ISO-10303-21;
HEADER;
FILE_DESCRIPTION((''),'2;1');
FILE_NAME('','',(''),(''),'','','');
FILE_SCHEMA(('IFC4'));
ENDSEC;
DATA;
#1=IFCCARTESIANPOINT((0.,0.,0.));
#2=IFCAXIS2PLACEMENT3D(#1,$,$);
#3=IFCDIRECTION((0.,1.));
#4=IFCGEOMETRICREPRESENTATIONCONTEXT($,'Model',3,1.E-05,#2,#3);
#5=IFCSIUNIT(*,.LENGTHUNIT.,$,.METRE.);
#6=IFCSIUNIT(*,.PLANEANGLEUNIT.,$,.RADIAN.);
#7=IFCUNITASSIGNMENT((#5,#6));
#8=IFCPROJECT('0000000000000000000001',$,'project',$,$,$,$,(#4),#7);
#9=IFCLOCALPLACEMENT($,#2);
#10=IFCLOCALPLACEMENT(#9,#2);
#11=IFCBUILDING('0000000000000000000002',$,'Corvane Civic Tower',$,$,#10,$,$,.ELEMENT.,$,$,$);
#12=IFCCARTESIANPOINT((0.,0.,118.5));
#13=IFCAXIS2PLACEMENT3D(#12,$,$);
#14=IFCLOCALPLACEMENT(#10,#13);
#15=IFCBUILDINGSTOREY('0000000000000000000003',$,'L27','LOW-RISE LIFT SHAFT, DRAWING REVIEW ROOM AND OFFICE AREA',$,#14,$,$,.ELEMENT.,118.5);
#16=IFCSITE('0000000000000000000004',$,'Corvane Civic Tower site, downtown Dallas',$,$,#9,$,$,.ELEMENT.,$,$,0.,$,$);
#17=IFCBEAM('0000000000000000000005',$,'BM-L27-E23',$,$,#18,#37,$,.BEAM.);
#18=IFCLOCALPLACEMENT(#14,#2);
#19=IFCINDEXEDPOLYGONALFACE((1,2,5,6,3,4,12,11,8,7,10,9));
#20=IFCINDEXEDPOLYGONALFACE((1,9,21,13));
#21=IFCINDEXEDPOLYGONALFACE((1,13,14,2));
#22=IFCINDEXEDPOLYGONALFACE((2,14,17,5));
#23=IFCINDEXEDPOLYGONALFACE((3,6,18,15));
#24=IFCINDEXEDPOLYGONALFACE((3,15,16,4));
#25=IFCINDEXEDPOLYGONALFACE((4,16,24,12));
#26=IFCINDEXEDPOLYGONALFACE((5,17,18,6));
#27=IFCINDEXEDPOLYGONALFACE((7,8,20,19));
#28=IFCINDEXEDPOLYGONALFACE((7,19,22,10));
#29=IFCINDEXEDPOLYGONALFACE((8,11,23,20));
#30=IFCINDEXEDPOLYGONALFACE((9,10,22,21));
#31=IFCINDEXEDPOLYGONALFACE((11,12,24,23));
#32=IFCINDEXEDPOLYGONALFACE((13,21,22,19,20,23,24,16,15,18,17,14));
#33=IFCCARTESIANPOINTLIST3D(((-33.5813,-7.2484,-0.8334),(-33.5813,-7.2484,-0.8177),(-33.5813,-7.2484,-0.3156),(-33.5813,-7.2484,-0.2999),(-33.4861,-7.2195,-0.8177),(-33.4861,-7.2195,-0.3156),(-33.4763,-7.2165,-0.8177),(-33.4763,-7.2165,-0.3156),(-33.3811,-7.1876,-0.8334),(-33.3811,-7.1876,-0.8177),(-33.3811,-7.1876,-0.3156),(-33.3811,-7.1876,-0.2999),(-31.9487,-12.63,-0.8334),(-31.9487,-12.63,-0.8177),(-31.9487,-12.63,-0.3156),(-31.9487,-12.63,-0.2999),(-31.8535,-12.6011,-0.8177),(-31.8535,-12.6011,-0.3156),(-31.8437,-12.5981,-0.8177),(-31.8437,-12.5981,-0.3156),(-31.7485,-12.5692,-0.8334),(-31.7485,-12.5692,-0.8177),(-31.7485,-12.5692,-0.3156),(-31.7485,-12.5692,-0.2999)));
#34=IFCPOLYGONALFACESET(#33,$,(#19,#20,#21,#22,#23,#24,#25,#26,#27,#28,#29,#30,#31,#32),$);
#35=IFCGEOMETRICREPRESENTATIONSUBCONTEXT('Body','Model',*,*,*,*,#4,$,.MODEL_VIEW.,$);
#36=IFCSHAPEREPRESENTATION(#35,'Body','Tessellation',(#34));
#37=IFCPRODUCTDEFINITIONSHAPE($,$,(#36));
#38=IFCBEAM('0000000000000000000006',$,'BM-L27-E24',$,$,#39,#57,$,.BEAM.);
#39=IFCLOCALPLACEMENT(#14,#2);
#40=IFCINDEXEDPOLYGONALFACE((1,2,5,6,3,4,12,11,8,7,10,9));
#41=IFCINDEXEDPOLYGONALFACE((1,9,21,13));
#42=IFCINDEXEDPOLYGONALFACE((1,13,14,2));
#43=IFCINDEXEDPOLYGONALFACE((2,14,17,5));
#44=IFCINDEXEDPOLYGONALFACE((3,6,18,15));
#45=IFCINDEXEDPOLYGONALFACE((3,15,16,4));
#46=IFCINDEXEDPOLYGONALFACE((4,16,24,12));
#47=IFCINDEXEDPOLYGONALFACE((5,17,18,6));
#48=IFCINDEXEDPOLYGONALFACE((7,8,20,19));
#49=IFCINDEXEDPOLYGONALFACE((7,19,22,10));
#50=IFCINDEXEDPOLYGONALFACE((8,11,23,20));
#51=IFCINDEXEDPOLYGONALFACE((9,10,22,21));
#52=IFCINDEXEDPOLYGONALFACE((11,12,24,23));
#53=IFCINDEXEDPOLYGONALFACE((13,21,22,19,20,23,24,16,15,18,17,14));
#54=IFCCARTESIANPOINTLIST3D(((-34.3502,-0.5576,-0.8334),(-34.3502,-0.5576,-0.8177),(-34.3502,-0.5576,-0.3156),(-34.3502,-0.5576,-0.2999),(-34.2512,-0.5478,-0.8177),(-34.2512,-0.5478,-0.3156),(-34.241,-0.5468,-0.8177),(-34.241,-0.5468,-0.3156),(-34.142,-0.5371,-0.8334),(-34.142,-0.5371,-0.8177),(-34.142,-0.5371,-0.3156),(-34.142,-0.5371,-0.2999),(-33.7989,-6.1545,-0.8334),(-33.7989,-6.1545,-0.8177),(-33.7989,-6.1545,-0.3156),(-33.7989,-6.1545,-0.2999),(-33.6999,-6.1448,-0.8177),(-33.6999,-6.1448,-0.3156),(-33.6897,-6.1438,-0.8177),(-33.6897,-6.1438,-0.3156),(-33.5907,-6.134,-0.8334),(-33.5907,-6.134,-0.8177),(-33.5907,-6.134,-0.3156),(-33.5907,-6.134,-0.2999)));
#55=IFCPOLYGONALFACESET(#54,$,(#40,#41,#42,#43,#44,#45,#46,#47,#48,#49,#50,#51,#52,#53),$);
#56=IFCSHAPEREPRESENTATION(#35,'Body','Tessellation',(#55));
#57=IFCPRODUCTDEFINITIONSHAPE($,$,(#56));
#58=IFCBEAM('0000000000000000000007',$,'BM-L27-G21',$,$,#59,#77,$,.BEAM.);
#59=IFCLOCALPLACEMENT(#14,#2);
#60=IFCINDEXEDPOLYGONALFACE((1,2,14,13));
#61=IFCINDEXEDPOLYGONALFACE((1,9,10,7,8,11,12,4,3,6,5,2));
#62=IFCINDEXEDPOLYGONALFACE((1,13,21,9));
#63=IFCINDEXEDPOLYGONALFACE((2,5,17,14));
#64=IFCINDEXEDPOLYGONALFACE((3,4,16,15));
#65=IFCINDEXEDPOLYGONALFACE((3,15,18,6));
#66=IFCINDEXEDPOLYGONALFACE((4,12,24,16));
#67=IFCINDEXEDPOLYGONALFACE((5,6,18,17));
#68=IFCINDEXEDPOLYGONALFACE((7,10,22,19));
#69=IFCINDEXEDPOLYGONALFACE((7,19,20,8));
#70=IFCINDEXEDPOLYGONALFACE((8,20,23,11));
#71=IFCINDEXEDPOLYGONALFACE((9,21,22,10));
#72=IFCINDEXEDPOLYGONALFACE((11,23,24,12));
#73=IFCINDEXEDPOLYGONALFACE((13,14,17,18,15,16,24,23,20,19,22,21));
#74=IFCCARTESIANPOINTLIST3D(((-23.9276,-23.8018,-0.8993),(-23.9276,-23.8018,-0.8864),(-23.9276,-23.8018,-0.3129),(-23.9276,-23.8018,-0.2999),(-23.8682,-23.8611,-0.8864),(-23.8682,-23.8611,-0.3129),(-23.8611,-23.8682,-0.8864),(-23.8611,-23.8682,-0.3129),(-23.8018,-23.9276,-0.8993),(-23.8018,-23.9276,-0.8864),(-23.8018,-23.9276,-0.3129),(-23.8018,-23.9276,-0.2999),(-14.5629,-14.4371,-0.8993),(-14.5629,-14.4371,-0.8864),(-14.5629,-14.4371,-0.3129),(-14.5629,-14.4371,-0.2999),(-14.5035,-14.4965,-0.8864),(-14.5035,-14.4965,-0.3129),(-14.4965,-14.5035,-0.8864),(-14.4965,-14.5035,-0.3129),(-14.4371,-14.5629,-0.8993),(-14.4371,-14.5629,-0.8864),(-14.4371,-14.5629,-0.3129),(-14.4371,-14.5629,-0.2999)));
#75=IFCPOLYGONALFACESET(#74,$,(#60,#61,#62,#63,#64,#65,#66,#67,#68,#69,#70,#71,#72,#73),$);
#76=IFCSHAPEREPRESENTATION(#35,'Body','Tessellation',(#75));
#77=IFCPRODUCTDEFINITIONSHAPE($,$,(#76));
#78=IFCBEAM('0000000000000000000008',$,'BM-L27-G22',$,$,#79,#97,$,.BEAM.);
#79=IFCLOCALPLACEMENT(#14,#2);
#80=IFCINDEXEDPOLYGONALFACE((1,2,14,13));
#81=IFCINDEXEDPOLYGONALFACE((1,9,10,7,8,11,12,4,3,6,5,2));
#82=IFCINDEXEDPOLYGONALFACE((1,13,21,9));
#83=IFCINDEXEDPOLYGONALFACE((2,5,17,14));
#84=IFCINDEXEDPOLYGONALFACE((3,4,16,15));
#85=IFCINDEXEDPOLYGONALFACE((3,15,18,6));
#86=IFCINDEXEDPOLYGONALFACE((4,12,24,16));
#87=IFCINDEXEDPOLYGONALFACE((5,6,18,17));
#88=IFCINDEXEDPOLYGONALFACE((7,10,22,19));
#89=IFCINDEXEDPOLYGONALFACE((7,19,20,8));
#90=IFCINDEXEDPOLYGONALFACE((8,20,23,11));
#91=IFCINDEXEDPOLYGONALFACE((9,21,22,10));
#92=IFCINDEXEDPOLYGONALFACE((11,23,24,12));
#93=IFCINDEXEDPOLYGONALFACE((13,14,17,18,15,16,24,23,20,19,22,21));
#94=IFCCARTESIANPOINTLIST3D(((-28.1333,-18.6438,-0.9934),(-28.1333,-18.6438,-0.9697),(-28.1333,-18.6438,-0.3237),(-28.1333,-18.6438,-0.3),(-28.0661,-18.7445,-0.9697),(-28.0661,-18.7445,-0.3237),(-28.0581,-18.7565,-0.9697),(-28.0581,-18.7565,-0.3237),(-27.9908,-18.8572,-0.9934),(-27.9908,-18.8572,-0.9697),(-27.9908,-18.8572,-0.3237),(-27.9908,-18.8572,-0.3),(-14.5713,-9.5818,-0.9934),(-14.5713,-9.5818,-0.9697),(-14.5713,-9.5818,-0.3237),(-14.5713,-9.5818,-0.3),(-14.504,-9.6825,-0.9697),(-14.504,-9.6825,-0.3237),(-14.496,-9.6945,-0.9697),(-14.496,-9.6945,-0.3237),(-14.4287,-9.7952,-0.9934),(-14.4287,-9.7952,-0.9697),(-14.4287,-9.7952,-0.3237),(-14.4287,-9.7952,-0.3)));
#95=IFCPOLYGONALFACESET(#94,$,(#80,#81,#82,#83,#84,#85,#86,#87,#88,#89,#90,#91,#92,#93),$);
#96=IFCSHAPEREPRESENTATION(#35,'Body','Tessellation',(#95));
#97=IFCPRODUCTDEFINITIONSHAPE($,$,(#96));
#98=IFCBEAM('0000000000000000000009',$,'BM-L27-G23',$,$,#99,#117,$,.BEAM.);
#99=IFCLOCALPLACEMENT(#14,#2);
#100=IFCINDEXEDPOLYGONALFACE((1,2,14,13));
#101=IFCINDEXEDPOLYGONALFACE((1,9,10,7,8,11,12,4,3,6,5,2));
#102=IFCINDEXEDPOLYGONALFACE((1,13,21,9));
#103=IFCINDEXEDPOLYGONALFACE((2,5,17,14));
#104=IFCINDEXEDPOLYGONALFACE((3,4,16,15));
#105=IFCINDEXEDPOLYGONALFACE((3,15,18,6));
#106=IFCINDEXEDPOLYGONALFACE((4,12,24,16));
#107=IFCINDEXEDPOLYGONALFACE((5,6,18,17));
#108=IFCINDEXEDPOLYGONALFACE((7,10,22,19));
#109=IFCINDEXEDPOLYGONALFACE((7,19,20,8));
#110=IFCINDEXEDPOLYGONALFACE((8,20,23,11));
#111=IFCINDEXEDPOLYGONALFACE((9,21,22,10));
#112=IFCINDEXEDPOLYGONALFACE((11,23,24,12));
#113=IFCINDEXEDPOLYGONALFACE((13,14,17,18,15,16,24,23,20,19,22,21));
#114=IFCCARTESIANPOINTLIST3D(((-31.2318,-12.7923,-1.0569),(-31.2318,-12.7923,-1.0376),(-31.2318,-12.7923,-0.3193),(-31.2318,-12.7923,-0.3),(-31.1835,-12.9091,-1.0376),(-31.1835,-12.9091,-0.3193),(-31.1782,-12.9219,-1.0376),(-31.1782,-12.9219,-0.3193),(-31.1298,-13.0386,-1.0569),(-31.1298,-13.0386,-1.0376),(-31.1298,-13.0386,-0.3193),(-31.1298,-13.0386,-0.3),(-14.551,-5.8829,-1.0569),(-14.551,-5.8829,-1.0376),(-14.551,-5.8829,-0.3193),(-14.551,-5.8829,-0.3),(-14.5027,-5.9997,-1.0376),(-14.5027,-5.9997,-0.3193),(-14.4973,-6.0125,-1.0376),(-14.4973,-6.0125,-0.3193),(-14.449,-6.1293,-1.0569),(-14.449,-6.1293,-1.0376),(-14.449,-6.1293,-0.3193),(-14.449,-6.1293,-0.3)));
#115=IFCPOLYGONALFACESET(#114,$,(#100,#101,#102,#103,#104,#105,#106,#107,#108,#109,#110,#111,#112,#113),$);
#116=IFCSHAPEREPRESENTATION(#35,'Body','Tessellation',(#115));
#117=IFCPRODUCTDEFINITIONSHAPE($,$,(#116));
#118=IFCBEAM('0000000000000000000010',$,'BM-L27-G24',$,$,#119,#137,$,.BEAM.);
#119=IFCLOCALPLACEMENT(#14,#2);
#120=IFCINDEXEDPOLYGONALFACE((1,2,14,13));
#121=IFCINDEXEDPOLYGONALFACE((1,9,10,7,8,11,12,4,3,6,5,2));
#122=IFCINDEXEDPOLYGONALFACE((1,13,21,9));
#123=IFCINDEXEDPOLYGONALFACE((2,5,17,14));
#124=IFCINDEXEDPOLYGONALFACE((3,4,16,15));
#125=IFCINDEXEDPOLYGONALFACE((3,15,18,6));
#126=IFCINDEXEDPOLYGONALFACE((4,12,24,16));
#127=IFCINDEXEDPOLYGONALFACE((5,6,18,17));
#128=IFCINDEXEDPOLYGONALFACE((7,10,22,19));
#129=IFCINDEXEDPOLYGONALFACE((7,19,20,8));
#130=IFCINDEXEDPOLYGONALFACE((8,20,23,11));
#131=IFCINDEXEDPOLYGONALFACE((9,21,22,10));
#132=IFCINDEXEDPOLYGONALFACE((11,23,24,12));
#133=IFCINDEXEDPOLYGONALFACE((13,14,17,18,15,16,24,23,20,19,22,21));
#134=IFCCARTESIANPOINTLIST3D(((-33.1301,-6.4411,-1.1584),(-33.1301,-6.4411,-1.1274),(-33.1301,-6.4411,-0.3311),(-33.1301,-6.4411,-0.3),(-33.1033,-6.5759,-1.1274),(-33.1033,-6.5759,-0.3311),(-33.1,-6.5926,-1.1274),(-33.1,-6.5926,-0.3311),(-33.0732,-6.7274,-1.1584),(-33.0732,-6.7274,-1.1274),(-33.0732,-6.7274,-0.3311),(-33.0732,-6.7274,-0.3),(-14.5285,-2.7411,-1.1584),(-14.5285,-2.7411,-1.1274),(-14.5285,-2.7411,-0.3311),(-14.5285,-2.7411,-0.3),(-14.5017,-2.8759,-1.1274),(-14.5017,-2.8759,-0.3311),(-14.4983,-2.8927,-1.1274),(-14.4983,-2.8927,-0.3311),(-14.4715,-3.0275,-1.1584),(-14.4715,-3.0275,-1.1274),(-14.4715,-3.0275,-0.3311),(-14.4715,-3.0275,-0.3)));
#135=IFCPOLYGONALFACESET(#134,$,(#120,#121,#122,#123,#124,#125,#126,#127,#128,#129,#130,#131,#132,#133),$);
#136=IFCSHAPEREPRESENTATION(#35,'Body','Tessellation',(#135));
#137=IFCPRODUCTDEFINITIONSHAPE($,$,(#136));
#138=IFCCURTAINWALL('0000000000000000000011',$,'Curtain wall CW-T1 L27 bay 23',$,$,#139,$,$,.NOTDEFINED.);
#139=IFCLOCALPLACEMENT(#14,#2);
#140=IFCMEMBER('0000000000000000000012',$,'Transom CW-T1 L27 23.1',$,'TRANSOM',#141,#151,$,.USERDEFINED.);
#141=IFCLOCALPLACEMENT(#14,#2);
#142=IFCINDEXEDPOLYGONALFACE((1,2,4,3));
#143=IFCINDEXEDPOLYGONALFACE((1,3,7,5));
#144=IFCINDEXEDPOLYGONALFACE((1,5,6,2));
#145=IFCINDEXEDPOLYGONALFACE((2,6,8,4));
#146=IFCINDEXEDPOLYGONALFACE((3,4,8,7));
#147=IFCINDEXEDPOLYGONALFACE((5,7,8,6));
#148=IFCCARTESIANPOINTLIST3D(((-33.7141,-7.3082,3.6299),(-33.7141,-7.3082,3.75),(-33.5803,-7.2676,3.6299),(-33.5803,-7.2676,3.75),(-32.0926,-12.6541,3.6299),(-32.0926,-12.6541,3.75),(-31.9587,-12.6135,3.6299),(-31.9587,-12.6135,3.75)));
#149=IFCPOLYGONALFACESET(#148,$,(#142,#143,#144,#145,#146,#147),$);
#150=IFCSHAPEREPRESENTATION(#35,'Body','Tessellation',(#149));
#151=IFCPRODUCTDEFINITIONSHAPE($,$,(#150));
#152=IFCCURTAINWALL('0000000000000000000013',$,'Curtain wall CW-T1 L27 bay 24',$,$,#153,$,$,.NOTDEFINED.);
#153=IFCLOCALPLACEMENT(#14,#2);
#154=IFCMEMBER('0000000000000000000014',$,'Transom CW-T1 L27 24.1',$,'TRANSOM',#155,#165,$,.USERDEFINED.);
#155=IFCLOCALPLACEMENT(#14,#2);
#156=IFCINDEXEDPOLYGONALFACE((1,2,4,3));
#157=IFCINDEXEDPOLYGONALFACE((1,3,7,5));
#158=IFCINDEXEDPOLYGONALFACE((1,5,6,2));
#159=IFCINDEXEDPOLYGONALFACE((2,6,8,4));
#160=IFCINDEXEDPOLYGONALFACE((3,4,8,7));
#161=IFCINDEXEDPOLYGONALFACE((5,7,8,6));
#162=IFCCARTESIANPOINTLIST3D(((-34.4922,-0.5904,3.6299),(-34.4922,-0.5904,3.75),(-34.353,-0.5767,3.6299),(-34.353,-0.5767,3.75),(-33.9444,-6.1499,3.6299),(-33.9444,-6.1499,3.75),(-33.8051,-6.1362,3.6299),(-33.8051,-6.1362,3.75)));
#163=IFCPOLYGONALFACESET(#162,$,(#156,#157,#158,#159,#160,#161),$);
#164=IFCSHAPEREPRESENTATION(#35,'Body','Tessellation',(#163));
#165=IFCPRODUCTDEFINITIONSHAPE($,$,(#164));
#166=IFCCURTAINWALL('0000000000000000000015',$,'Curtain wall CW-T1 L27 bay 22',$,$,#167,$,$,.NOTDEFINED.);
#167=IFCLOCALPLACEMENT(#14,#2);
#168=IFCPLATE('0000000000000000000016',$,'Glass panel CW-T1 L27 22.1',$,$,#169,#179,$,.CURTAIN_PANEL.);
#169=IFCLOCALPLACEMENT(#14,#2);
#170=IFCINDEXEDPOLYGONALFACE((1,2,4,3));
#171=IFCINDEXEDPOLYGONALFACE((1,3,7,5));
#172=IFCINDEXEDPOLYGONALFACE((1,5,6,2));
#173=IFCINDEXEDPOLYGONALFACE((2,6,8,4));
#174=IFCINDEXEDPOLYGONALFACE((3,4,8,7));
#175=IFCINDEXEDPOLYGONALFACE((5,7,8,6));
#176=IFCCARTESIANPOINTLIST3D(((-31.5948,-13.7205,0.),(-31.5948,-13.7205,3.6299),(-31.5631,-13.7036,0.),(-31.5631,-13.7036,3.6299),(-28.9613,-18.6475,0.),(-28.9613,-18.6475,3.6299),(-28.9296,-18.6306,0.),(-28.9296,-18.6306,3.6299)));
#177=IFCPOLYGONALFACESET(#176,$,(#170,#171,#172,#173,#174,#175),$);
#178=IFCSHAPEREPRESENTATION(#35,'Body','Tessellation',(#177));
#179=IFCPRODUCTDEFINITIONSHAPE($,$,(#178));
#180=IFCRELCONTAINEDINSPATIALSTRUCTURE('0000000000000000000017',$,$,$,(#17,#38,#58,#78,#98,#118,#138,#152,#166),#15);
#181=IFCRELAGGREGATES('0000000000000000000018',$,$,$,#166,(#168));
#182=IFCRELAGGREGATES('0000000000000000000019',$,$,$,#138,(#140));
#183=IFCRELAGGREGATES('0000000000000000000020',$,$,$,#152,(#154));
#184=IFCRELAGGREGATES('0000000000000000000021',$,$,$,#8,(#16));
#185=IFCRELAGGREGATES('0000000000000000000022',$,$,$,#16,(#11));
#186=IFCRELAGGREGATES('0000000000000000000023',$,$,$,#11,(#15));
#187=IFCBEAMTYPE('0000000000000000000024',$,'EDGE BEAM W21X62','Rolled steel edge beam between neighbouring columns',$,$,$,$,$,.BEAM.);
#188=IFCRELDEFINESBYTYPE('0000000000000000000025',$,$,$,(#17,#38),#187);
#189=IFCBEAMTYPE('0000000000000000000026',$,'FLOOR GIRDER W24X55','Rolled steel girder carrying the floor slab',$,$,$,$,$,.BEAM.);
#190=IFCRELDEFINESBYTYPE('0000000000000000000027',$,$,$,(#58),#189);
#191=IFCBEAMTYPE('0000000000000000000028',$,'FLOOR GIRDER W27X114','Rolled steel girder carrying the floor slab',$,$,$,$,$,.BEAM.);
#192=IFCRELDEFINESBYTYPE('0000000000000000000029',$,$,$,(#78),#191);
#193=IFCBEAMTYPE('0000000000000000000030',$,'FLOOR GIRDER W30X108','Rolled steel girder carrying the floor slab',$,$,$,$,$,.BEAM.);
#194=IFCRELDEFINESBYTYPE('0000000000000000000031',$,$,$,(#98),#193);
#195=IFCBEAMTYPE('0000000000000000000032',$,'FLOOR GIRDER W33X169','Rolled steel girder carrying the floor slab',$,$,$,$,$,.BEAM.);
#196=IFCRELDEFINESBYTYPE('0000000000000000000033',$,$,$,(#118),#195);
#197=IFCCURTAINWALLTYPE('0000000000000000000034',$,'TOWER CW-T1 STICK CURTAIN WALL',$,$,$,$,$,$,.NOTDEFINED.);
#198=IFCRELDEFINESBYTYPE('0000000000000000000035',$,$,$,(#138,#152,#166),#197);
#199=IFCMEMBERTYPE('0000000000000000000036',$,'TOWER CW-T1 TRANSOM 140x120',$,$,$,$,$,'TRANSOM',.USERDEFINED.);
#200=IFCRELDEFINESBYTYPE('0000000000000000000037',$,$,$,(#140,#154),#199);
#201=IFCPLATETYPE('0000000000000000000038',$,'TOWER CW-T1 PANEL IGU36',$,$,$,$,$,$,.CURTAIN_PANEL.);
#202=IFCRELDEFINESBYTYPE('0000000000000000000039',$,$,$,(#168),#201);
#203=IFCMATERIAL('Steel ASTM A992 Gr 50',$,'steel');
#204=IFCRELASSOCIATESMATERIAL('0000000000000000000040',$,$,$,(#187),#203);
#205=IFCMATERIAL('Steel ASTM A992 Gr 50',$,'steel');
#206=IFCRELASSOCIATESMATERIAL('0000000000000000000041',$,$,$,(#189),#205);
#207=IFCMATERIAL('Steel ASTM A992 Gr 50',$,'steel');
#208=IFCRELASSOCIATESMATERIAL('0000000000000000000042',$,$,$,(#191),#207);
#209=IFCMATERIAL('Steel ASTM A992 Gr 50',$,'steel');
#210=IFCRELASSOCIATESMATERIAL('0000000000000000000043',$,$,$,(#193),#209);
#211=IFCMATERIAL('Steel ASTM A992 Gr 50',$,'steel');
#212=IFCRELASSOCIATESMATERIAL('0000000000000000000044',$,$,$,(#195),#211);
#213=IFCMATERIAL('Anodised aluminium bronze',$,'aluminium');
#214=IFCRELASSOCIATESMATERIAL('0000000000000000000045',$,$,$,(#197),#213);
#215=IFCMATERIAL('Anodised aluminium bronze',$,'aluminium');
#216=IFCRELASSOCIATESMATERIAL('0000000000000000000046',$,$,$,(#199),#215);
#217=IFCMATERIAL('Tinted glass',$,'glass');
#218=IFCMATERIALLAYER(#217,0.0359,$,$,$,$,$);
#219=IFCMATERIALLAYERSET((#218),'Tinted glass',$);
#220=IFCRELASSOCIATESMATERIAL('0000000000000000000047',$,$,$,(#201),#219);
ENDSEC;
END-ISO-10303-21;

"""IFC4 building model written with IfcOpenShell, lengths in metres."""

from ifc_helpers import new_model, si_unit, direction, frame, origin, origin_2d, place, context, subcontext, project, spatial, rectangle, i_section, extrude, material, layer, layer_set, material_profile, profile_set, type_object, element, aggregate, save


model = new_model("IFC4")

# Units and contexts
model_context = context("Model", 3, precision=1e-05, world=origin(), true_north=direction((0.0, 1.0)))
body_context = subcontext(model_context, "Body", "Model", "MODEL_VIEW")
ifc_project = project(units=[si_unit("LENGTHUNIT", "METRE"), si_unit("PLANEANGLEUNIT", "RADIAN")], contexts=[model_context])

# Site, building, storey
site_placement = place(None, origin())
site = spatial("IfcSite", under=ifc_project, at=site_placement, Name="Corvane Civic Tower site, downtown Dallas", CompositionType="ELEMENT", RefElevation=0.0)
building_placement = place(site_placement, origin())
building = spatial("IfcBuilding", under=site, at=building_placement, Name="Corvane Civic Tower", CompositionType="ELEMENT")
storey_placement = place(building_placement, frame((0.0, 0.0, 118.5)))
storey = spatial("IfcBuildingStorey", under=building, at=storey_placement, Name="L27", Description="LOW-RISE LIFT SHAFT, DRAWING REVIEW ROOM AND OFFICE AREA", CompositionType="ELEMENT", Elevation=118.5)

# Beams
ifc_material_1 = material(Name="Steel ASTM A992 Gr 50", Category="steel")
ifc_material_profile_1 = material_profile(ifc_material_1, i_section(OverallWidth=0.2092, OverallDepth=0.5334, WebThickness=0.0103, FlangeThickness=0.0156, at=origin_2d()), Name="W21X62")
ifc_profile_set_1 = profile_set([ifc_material_profile_1], Name="Steel ASTM A992 Gr 50")
beam_type_1 = type_object("IfcBeamType", Name="EDGE BEAM W21X62", Description="Rolled steel edge beam between neighbouring columns", PredefinedType="BEAM", material=ifc_profile_set_1)
beam_1_placement = place(storey_placement, frame((-31.8486, -12.5996, -0.5667), z_axis=(-0.290298, 0.956936, 0.0), x_axis=(-0.956936, -0.290298, 0.0)))
element("IfcBeam", 1, at=beam_1_placement, inside=storey, type_object=beam_type_1, Name="BM-L27-E23", PredefinedType="BEAM", context=body_context, shape_type="SweptSolid", body=[
    extrude(i_section(OverallWidth=0.2092, OverallDepth=0.5334, WebThickness=0.0103, FlangeThickness=0.0156, at=origin_2d()), origin(), (0.0, 0.0, 1.0), 5.6238),
])
beam_2_placement = place(storey_placement, frame((-33.6948, -6.1443, -0.5667), z_axis=(-0.098021, 0.995184, 0.0), x_axis=(-0.995184, -0.098021, 0.0)))
element("IfcBeam", 2, at=beam_2_placement, inside=storey, type_object=beam_type_1, Name="BM-L27-E24", PredefinedType="BEAM", context=body_context, shape_type="SweptSolid", body=[
    extrude(i_section(OverallWidth=0.2092, OverallDepth=0.5334, WebThickness=0.0103, FlangeThickness=0.0156, at=origin_2d()), origin(), (0.0, 0.0, 1.0), 5.624),
])
ifc_material_2 = material(Name="Steel ASTM A992 Gr 50", Category="steel")
ifc_material_profile_2 = material_profile(ifc_material_2, i_section(OverallWidth=0.178, OverallDepth=0.5994, WebThickness=0.01, FlangeThickness=0.0129, at=origin_2d()), Name="W24X55")
ifc_profile_set_2 = profile_set([ifc_material_profile_2], Name="Steel ASTM A992 Gr 50")
beam_type_2 = type_object("IfcBeamType", Name="FLOOR GIRDER W24X55", Description="Rolled steel girder carrying the floor slab", PredefinedType="BEAM", material=ifc_profile_set_2)
beam_3_placement = place(storey_placement, frame((-14.5, -14.5, -0.5996), z_axis=(-0.707107, -0.707107, 0.0), x_axis=(0.707107, -0.707107, 0.0)))
element("IfcBeam", 3, at=beam_3_placement, inside=storey, type_object=beam_type_2, Name="BM-L27-G21", PredefinedType="BEAM", context=body_context, shape_type="SweptSolid", body=[
    extrude(i_section(OverallWidth=0.178, OverallDepth=0.5994, WebThickness=0.01, FlangeThickness=0.0129, at=origin_2d()), origin(), (0.0, 0.0, 1.0), 13.2437),
])
ifc_material_3 = material(Name="Steel ASTM A992 Gr 50", Category="steel")
ifc_material_profile_3 = material_profile(ifc_material_3, i_section(OverallWidth=0.2566, OverallDepth=0.6934, WebThickness=0.0144, FlangeThickness=0.0237, at=origin_2d()), Name="W27X114")
ifc_profile_set_3 = profile_set([ifc_material_profile_3], Name="Steel ASTM A992 Gr 50")
beam_type_3 = type_object("IfcBeamType", Name="FLOOR GIRDER W27X114", Description="Rolled steel girder carrying the floor slab", PredefinedType="BEAM", material=ifc_profile_set_3)
beam_4_placement = place(storey_placement, frame((-14.5, -9.6885, -0.6467), z_axis=(-0.831465, -0.555577, 0.0), x_axis=(0.555577, -0.831465, 0.0)))
element("IfcBeam", 4, at=beam_4_placement, inside=storey, type_object=beam_type_3, Name="BM-L27-G22", PredefinedType="BEAM", context=body_context, shape_type="SweptSolid", body=[
    extrude(i_section(OverallWidth=0.2566, OverallDepth=0.6934, WebThickness=0.0144, FlangeThickness=0.0237, at=origin_2d()), origin(), (0.0, 0.0, 1.0), 16.311),
])
ifc_material_4 = material(Name="Steel ASTM A992 Gr 50", Category="steel")
ifc_material_profile_4 = material_profile(ifc_material_4, i_section(OverallWidth=0.2666, OverallDepth=0.7568, WebThickness=0.0139, FlangeThickness=0.0193, at=origin_2d()), Name="W30X108")
ifc_profile_set_4 = profile_set([ifc_material_profile_4], Name="Steel ASTM A992 Gr 50")
beam_type_4 = type_object("IfcBeamType", Name="FLOOR GIRDER W30X108", Description="Rolled steel girder carrying the floor slab", PredefinedType="BEAM", material=ifc_profile_set_4)
beam_5_placement = place(storey_placement, frame((-14.5, -6.0061, -0.6785), z_axis=(-0.92388, -0.382682, 0.0), x_axis=(0.382682, -0.92388, 0.0)))
element("IfcBeam", 5, at=beam_5_placement, inside=storey, type_object=beam_type_4, Name="BM-L27-G23", PredefinedType="BEAM", context=body_context, shape_type="SweptSolid", body=[
    extrude(i_section(OverallWidth=0.2666, OverallDepth=0.7568, WebThickness=0.0139, FlangeThickness=0.0193, at=origin_2d()), origin(), (0.0, 0.0, 1.0), 18.0552),
])
ifc_material_5 = material(Name="Steel ASTM A992 Gr 50", Category="steel")
ifc_material_profile_5 = material_profile(ifc_material_5, i_section(OverallWidth=0.292, OverallDepth=0.8584, WebThickness=0.0171, FlangeThickness=0.031, at=origin_2d()), Name="W33X169")
ifc_profile_set_5 = profile_set([ifc_material_profile_5], Name="Steel ASTM A992 Gr 50")
beam_type_5 = type_object("IfcBeamType", Name="FLOOR GIRDER W33X169", Description="Rolled steel girder carrying the floor slab", PredefinedType="BEAM", material=ifc_profile_set_5)
beam_6_placement = place(storey_placement, frame((-14.5, -2.8843, -0.7292), z_axis=(-0.980787, -0.195084, 0.0), x_axis=(0.195084, -0.980787, 0.0)))
element("IfcBeam", 6, at=beam_6_placement, inside=storey, type_object=beam_type_5, Name="BM-L27-G24", PredefinedType="BEAM", context=body_context, shape_type="SweptSolid", body=[
    extrude(i_section(OverallWidth=0.292, OverallDepth=0.8584, WebThickness=0.0171, FlangeThickness=0.031, at=origin_2d()), origin(), (0.0, 0.0, 1.0), 18.9661),
])

# Curtain walls, members
ifc_material_6 = material(Name="Anodised aluminium bronze", Category="aluminium")
curtain_wall_type = type_object("IfcCurtainWallType", Name="TOWER CW-T1 STICK CURTAIN WALL", PredefinedType="NOTDEFINED", material=ifc_material_6)
curtain_wall_1_placement = place(storey_placement, origin())
curtain_wall_1 = element("IfcCurtainWall", 7, at=curtain_wall_1_placement, inside=storey, type_object=curtain_wall_type, Name="Curtain wall CW-T1 L27 bay 23", PredefinedType="NOTDEFINED")
ifc_material_7 = material(Name="Anodised aluminium bronze", Category="aluminium")
ifc_material_profile_6 = material_profile(ifc_material_7, rectangle(XDim=0.1399, YDim=0.1201, at=origin_2d()), Name="TOWER CW-T1 TRANSOM 140x120")
ifc_profile_set_6 = profile_set([ifc_material_profile_6], Name="Anodised aluminium bronze")
member_type = type_object("IfcMemberType", Name="TOWER CW-T1 TRANSOM 140x120", ElementType="TRANSOM", PredefinedType="USERDEFINED", material=ifc_profile_set_6)
member_1_placement = place(storey_placement, frame((-32.0256, -12.6338, 3.6899), z_axis=(-0.290269, 0.956945, 0.0), x_axis=(-0.956945, -0.290269, 0.0)))
member_1 = element("IfcMember", 8, at=member_1_placement, type_object=member_type, Name="Transom CW-T1 L27 23.1", ObjectType="TRANSOM", PredefinedType="USERDEFINED", context=body_context, shape_type="SweptSolid", body=[
    extrude(rectangle(XDim=0.1399, YDim=0.1201, at=origin_2d()), origin(), (0.0, 0.0, 1.0), 5.5864),
])
curtain_wall_2_placement = place(storey_placement, origin())
curtain_wall_2 = element("IfcCurtainWall", 9, at=curtain_wall_2_placement, inside=storey, type_object=curtain_wall_type, Name="Curtain wall CW-T1 L27 bay 24", PredefinedType="NOTDEFINED")
member_2_placement = place(storey_placement, frame((-33.8748, -6.1431, 3.6899), z_axis=(-0.098067, 0.99518, 0.0), x_axis=(-0.99518, -0.098067, 0.0)))
member_2 = element("IfcMember", 10, at=member_2_placement, type_object=member_type, Name="Transom CW-T1 L27 24.1", ObjectType="TRANSOM", PredefinedType="USERDEFINED", context=body_context, shape_type="SweptSolid", body=[
    extrude(rectangle(XDim=0.1399, YDim=0.1201, at=origin_2d()), origin(), (0.0, 0.0, 1.0), 5.5864),
])

# Curtain wall, plate
curtain_wall_3_placement = place(storey_placement, origin())
curtain_wall_3 = element("IfcCurtainWall", 11, at=curtain_wall_3_placement, inside=storey, type_object=curtain_wall_type, Name="Curtain wall CW-T1 L27 bay 22", PredefinedType="NOTDEFINED")
ifc_material_8 = material(Name="Tinted glass", Category="glass")
ifc_layer_1 = layer(ifc_material_8, 0.0359)
ifc_layer_set_1 = layer_set([ifc_layer_1], Name="Tinted glass")
plate_type = type_object("IfcPlateType", Name="TOWER CW-T1 PANEL IGU36", PredefinedType="CURTAIN_PANEL", material=ifc_layer_set_1)
plate_1_placement = place(storey_placement, frame((-30.2622, -16.1755, 0.0), z_axis=(0.0, 0.0, 1.0), x_axis=(-0.471392, 0.881924, 0.0)))
plate_1 = element("IfcPlate", 12, at=plate_1_placement, type_object=plate_type, Name="Glass panel CW-T1 L27 22.1", PredefinedType="CURTAIN_PANEL", context=body_context, shape_type="SweptSolid", body=[
    extrude(rectangle(XDim=5.5867, YDim=0.0359, at=origin_2d()), origin(), (0.0, 0.0, 1.0), 3.6299),
])
aggregate(curtain_wall_3, [plate_1])

aggregate(curtain_wall_1, [member_1])
aggregate(curtain_wall_2, [member_2])

save(model, "model.ifc")
